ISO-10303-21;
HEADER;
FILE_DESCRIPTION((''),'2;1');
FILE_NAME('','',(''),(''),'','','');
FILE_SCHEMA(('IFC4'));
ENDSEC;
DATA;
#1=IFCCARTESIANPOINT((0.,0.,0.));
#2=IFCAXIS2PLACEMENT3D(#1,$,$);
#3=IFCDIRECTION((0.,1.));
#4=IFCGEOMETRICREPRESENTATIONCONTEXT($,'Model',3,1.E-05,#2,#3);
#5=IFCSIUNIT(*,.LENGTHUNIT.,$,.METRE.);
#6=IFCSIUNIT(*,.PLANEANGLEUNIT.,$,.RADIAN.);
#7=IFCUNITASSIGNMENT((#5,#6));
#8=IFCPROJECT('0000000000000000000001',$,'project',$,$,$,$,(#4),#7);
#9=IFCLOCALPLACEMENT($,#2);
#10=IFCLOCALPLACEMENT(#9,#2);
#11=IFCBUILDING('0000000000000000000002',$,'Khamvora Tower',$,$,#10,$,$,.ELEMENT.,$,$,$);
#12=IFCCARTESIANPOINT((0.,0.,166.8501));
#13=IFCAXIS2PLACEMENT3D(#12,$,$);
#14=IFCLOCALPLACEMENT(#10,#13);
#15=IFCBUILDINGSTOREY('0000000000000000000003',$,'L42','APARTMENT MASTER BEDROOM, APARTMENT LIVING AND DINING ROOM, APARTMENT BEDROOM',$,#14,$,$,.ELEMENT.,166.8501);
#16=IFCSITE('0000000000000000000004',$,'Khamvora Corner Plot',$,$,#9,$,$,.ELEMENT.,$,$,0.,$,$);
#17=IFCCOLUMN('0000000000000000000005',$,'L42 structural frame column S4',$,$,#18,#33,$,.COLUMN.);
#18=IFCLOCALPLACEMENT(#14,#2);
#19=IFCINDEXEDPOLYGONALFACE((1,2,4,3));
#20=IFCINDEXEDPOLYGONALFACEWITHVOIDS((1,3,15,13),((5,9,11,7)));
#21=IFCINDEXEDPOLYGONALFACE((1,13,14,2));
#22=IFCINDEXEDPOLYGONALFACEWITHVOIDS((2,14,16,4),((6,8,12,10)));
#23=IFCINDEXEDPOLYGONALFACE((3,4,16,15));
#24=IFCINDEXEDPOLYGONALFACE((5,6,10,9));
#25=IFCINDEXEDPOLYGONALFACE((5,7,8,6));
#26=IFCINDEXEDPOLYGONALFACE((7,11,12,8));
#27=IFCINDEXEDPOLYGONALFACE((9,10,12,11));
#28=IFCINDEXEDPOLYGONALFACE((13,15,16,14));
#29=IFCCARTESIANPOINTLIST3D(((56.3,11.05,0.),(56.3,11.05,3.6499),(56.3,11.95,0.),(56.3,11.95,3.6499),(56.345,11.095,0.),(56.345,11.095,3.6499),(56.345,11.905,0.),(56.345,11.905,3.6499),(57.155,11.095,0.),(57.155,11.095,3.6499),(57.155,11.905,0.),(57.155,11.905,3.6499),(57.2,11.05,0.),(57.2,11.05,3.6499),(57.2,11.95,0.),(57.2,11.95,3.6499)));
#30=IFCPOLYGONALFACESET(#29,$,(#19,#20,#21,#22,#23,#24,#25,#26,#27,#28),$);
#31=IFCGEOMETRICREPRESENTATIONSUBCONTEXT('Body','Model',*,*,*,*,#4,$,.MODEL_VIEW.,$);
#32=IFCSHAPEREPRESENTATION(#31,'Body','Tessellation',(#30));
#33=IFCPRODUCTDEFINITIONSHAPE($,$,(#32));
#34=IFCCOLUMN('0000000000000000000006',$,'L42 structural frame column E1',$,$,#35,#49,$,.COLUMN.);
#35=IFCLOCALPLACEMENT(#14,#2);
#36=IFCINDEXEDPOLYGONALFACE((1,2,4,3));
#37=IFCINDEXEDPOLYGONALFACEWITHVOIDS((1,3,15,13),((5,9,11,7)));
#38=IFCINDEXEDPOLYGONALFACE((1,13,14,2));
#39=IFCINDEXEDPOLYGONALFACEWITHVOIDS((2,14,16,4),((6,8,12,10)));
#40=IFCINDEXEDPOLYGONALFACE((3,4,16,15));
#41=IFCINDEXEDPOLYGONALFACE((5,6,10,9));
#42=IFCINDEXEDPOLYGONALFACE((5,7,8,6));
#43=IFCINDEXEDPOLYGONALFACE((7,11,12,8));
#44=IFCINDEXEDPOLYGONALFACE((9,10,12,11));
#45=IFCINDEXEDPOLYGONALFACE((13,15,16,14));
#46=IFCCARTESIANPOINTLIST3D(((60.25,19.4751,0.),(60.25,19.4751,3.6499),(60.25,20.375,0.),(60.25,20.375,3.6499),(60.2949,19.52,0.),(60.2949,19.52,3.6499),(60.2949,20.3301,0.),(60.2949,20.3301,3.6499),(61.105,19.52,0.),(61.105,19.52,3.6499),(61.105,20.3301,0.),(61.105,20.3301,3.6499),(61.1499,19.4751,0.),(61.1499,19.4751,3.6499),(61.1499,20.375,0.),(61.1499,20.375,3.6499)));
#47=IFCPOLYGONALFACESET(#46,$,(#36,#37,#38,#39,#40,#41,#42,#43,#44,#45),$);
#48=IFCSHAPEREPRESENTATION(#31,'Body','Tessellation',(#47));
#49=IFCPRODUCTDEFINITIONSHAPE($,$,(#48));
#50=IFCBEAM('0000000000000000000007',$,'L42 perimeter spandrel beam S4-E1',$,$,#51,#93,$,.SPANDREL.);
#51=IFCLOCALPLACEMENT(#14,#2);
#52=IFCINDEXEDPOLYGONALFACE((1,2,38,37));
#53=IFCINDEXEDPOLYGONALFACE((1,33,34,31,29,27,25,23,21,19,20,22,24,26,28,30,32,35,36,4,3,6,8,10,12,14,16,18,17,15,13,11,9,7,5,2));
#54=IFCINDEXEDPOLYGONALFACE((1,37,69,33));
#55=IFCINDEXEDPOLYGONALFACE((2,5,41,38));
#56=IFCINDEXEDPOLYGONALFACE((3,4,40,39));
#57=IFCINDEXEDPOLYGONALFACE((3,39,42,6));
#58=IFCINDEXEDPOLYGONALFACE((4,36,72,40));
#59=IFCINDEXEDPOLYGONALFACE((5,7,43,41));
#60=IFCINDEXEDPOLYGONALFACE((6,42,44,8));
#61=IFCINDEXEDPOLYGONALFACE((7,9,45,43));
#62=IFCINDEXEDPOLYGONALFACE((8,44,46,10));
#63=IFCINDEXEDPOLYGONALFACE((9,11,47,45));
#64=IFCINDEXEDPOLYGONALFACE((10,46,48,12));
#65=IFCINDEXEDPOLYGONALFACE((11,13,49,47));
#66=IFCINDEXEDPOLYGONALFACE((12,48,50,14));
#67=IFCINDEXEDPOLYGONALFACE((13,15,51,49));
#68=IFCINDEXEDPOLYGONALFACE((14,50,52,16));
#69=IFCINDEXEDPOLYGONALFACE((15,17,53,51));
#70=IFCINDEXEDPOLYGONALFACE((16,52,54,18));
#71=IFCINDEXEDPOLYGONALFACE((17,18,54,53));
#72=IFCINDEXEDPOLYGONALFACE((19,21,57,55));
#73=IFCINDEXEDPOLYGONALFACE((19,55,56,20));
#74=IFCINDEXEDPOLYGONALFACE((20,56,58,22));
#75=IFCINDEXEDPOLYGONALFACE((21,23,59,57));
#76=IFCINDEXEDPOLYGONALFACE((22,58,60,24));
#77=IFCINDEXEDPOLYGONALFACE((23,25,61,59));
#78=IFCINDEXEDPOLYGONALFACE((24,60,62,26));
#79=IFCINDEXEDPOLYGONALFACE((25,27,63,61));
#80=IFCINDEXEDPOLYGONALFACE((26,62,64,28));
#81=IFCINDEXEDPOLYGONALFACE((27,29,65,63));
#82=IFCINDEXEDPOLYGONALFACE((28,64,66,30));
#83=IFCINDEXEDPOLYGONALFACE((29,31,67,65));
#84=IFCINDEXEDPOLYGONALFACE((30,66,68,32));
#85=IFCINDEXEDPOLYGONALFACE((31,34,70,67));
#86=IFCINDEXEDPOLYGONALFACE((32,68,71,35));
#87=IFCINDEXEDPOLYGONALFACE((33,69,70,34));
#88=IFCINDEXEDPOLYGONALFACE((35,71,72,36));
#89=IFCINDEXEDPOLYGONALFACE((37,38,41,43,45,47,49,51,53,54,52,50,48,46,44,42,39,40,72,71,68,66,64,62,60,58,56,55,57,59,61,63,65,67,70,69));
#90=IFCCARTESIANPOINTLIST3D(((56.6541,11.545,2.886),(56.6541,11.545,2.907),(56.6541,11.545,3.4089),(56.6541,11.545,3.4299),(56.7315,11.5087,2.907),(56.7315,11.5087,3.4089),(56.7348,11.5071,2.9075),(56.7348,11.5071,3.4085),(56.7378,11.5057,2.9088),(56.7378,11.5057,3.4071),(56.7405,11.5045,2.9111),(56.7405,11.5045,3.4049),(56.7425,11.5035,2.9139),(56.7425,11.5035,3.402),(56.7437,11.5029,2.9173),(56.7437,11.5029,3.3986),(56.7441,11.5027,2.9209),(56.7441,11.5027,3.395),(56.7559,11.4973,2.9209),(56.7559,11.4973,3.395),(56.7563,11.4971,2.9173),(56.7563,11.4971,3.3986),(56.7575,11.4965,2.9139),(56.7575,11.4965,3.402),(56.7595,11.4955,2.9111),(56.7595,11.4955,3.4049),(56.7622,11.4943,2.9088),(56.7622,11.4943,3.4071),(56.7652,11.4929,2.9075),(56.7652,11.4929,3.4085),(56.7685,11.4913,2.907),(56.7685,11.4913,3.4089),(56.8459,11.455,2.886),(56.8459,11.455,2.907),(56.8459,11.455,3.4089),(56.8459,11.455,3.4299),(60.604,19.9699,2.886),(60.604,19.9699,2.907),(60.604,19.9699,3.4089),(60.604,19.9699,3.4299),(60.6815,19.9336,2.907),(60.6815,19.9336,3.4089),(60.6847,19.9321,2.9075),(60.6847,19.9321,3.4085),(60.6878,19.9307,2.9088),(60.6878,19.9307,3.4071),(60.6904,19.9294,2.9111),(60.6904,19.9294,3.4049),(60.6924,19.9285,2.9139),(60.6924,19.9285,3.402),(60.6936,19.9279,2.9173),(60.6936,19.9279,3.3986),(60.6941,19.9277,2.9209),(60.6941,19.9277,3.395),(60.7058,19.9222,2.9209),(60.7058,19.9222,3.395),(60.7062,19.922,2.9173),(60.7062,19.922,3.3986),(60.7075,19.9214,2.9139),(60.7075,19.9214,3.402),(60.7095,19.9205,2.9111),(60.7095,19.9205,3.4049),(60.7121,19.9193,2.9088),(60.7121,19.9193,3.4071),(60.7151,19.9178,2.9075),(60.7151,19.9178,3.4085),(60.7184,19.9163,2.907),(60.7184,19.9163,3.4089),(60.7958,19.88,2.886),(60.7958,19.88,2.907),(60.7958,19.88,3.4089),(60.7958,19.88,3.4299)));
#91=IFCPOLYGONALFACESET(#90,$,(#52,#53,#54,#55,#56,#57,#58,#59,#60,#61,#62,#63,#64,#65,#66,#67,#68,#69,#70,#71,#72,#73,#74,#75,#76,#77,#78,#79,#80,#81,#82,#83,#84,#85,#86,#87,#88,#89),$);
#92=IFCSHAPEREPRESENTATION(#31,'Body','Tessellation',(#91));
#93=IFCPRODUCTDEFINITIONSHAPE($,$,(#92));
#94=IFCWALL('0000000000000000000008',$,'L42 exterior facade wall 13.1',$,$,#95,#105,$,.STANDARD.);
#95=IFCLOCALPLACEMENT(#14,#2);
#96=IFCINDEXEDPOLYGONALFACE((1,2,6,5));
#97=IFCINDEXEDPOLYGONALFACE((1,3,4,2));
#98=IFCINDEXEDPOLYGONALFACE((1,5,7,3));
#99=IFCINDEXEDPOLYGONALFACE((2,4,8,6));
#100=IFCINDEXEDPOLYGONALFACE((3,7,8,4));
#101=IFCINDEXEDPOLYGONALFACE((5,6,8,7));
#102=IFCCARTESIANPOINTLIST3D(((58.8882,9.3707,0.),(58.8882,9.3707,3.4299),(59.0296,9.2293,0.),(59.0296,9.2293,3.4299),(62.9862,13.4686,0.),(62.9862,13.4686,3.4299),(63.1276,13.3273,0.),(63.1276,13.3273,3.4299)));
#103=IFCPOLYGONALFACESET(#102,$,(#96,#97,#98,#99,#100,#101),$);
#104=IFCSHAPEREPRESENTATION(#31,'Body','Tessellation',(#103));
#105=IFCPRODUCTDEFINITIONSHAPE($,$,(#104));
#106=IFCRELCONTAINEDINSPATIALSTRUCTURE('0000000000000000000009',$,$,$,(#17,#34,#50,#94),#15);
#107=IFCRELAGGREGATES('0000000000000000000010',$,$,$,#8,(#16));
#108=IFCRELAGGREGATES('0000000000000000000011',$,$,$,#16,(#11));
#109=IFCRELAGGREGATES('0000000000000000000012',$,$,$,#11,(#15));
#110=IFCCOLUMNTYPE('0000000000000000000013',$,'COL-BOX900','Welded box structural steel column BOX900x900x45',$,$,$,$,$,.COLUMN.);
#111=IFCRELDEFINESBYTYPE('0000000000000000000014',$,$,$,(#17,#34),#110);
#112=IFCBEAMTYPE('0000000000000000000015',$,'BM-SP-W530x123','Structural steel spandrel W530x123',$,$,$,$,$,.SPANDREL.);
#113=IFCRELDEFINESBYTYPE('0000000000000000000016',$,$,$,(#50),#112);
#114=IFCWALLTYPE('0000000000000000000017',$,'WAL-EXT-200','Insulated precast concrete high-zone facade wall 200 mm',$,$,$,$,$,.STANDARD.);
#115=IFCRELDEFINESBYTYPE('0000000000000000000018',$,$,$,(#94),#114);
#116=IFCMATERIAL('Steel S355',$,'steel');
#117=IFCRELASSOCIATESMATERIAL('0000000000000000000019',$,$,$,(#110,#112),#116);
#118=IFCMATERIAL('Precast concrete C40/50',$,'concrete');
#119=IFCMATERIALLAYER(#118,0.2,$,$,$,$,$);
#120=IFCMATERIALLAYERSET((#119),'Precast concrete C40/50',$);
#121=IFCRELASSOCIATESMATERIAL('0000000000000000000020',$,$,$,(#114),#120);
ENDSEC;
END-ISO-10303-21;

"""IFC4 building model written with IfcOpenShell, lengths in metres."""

from ifc_helpers import new_model, si_unit, direction, frame, frame_2d, origin, origin_2d, place, context, subcontext, project, spatial, rectangle, hollow_rectangle, i_section, extrude, material, layer, layer_set, material_profile, profile_set, type_object, element, save


model = new_model("IFC4")

# Units and contexts
model_context = context("Model", 3, precision=1e-05, world=origin(), true_north=direction((0.0, 1.0)))
body_context = subcontext(model_context, "Body", "Model", "MODEL_VIEW")
ifc_project = project(units=[si_unit("LENGTHUNIT", "METRE"), si_unit("PLANEANGLEUNIT", "RADIAN")], contexts=[model_context])

# Site, building, storey
site_placement = place(None, origin())
site = spatial("IfcSite", under=ifc_project, at=site_placement, Name="Khamvora Corner Plot", CompositionType="ELEMENT", RefElevation=0.0)
building_placement = place(site_placement, origin())
building = spatial("IfcBuilding", under=site, at=building_placement, Name="Khamvora Tower", CompositionType="ELEMENT")
storey_placement = place(building_placement, frame((0.0, 0.0, 166.8501)))
storey = spatial("IfcBuildingStorey", under=building, at=storey_placement, Name="L42", Description="APARTMENT MASTER BEDROOM, APARTMENT LIVING AND DINING ROOM, APARTMENT BEDROOM", CompositionType="ELEMENT", Elevation=166.8501)

# Columns
ifc_material_1 = material(Name="Steel S355", Category="steel")
ifc_material_profile_1 = material_profile(ifc_material_1, hollow_rectangle(XDim=0.8999, YDim=0.8999, WallThickness=0.0449, at=origin_2d()), Name="BOX900x900x45")
ifc_profile_set_1 = profile_set([ifc_material_profile_1], Name="Steel S355")
column_type = type_object("IfcColumnType", Name="COL-BOX900", Description="Welded box structural steel column BOX900x900x45", PredefinedType="COLUMN", material=ifc_profile_set_1)
for number, where, z_axis, x_axis, name in (
    (1, (56.75, 11.5, 0.0), (0.0, 0.0, 1.0), (1.0, 0.0, 0.0), "L42 structural frame column S4"),
    (2, (60.7, 19.925, 0.0), (0.0, 0.0, 1.0), (1.0, 0.0, 0.0), "L42 structural frame column E1"),
):
    element("IfcColumn", number, at=place(storey_placement, frame(where, z_axis=z_axis, x_axis=x_axis)), inside=storey, type_object=column_type, Name=name, PredefinedType="COLUMN", context=body_context, shape_type="SweptSolid", body=[
        extrude(hollow_rectangle(XDim=0.8999, YDim=0.8999, WallThickness=0.0449, at=origin_2d()), origin(), (0.0, 0.0, 1.0), 3.6499),
    ])

# Beam
ifc_material_profile_2 = material_profile(ifc_material_1, i_section(OverallWidth=0.2119, OverallDepth=0.5439, WebThickness=0.0129, FlangeThickness=0.021, FilletRadius=0.0139, at=origin_2d()), Name="W530x123")
ifc_profile_set_2 = profile_set([ifc_material_profile_2], Name="Steel S355")
beam_type = type_object("IfcBeamType", Name="BM-SP-W530x123", Description="Structural steel spandrel W530x123", PredefinedType="SPANDREL", material=ifc_profile_set_2)
beam_placement = place(storey_placement, frame((56.75, 11.5, 3.158), z_axis=(0.424496, 0.90543, 0.0), x_axis=(-0.90543, 0.424496, 0.0)))
element("IfcBeam", 3, at=beam_placement, inside=storey, type_object=beam_type, Name="L42 perimeter spandrel beam S4-E1", PredefinedType="SPANDREL", context=body_context, shape_type="SweptSolid", body=[
    extrude(i_section(OverallWidth=0.2119, OverallDepth=0.5439, WebThickness=0.0129, FlangeThickness=0.021, FilletRadius=0.0139, at=origin_2d()), origin(), (0.0, 0.0, 1.0), 9.3049),
])

# Wall
ifc_material_2 = material(Name="Precast concrete C40/50", Category="concrete")
ifc_layer_1 = layer(ifc_material_2, 0.2)
ifc_layer_set_1 = layer_set([ifc_layer_1], Name="Precast concrete C40/50")
wall_type_1 = type_object("IfcWallType", Name="WAL-EXT-200", Description="Insulated precast concrete high-zone facade wall 200 mm", PredefinedType="STANDARD", material=ifc_layer_set_1)
wall_1_placement = place(storey_placement, frame((63.0569, 13.3979, 0.0), z_axis=(0.0, 0.0, 1.0), x_axis=(-0.707107, -0.707107, 0.0)))
element("IfcWall", 4, at=wall_1_placement, inside=storey, type_object=wall_type_1, Name="L42 exterior facade wall 13.1", PredefinedType="STANDARD", context=body_context, shape_type="SweptSolid", body=[
    extrude(rectangle(XDim=5.7954, YDim=0.2, at=frame_2d((2.8977, 0.0))), origin(), (0.0, 0.0, 1.0), 3.4299),
])

save(model, "model.ifc")
